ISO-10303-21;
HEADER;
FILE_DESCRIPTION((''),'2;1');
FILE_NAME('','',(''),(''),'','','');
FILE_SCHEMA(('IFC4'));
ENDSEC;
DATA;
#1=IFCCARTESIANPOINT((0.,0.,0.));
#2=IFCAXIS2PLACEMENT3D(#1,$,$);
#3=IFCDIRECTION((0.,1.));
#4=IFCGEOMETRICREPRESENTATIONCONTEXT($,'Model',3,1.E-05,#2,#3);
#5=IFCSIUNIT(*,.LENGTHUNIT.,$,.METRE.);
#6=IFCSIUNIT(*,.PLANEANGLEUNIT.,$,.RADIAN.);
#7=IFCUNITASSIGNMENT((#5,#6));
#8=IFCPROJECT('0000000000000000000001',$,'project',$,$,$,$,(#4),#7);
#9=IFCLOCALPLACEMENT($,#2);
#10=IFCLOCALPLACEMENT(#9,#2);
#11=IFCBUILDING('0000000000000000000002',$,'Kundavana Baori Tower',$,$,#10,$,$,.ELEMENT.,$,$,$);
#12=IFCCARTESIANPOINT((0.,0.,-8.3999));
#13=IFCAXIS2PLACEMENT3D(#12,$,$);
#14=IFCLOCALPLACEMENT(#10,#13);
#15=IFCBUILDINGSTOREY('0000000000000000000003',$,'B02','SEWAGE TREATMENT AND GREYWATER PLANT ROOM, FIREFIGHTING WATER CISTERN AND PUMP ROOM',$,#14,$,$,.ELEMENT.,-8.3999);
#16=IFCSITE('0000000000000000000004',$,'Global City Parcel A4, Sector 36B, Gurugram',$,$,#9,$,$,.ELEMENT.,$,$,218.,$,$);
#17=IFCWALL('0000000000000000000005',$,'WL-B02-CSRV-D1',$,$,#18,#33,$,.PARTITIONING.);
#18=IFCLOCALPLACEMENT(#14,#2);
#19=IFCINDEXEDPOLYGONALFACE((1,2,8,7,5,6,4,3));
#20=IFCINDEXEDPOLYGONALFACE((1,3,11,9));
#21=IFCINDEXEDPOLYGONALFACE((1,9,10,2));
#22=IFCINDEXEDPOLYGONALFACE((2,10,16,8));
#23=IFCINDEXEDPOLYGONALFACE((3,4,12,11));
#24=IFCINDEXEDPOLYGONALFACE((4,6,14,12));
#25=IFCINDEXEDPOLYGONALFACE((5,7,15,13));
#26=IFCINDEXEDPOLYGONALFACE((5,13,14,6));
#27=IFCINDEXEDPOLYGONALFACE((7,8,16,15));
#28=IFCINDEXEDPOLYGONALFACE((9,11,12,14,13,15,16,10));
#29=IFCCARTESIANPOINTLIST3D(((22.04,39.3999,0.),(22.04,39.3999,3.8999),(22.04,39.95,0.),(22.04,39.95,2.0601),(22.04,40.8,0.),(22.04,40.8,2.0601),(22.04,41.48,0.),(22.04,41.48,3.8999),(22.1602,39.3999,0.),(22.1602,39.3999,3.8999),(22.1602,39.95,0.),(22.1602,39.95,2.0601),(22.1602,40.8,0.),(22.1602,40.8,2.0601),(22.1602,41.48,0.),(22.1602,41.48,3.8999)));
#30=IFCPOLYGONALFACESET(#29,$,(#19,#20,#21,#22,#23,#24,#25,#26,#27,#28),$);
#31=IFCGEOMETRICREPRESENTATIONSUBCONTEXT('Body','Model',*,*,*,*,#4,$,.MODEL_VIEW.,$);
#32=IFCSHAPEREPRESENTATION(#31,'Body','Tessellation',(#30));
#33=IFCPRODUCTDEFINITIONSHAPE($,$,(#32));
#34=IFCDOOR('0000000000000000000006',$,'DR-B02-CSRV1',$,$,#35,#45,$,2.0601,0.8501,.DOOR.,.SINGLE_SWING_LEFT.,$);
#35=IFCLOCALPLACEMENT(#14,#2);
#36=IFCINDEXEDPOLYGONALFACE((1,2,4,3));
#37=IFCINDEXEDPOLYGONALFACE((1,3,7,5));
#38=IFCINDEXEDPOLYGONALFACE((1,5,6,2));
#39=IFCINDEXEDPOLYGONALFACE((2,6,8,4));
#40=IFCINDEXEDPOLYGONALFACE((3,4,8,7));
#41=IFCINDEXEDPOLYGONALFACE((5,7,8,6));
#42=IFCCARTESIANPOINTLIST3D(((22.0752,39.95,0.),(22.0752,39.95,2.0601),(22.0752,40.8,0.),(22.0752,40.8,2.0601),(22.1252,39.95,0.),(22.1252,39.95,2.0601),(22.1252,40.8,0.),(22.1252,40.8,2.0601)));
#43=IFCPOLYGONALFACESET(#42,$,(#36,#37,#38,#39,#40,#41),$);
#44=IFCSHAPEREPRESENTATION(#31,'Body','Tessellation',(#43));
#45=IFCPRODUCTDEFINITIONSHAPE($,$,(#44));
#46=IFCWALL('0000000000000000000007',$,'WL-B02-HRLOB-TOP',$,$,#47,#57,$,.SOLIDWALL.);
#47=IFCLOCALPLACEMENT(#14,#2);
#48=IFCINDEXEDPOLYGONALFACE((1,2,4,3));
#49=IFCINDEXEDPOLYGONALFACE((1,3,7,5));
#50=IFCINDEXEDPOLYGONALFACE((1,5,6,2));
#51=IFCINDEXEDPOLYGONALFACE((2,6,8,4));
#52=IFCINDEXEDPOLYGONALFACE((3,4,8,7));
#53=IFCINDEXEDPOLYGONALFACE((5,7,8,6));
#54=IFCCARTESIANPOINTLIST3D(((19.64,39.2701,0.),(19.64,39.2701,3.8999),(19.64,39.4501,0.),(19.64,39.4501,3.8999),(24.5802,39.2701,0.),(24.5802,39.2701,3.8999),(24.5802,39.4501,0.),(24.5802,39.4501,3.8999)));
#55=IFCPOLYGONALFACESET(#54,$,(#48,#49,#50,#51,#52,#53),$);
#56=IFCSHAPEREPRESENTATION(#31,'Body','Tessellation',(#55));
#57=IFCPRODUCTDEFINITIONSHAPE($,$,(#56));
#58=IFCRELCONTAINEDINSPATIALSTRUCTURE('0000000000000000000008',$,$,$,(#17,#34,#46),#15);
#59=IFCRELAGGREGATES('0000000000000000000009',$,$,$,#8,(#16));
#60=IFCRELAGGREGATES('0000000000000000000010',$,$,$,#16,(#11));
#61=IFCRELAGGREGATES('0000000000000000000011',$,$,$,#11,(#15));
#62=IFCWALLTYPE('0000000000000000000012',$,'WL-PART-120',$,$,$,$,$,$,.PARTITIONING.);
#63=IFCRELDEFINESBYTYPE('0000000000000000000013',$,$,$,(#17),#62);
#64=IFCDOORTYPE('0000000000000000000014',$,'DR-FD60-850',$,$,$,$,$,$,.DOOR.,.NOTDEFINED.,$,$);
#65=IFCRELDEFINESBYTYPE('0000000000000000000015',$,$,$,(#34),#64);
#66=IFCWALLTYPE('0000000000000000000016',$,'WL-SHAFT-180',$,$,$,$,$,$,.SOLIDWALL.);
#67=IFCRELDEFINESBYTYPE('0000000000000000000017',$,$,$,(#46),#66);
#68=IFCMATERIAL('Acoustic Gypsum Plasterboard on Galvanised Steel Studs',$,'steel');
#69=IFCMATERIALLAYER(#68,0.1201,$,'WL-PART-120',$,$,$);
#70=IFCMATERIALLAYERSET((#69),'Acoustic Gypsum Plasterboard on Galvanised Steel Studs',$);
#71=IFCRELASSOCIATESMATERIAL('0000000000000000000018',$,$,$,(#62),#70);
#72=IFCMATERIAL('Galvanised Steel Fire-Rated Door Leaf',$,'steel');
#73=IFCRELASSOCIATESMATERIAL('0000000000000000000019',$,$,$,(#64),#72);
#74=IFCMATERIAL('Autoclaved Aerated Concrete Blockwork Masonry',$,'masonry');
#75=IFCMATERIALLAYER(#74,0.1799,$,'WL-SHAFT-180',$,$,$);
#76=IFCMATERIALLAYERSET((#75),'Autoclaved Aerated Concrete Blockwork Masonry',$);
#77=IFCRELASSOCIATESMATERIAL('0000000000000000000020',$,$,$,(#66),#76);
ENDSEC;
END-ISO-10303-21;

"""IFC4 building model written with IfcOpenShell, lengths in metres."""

from ifc_helpers import new_model, si_unit, direction, frame, frame_2d, origin, place, context, subcontext, project, spatial, rectangle, extrude, material, layer, layer_set, type_object, element, fill, save


model = new_model("IFC4")

# Units and contexts
model_context = context("Model", 3, precision=1e-05, world=origin(), true_north=direction((0.0, 1.0)))
body_context = subcontext(model_context, "Body", "Model", "MODEL_VIEW")
ifc_project = project(units=[si_unit("LENGTHUNIT", "METRE"), si_unit("PLANEANGLEUNIT", "RADIAN")], contexts=[model_context])

# Site, building, storey
site_placement = place(None, origin())
site = spatial("IfcSite", under=ifc_project, at=site_placement, Name="Global City Parcel A4, Sector 36B, Gurugram", CompositionType="ELEMENT", RefElevation=218.0)
building_placement = place(site_placement, origin())
building = spatial("IfcBuilding", under=site, at=building_placement, Name="Kundavana Baori Tower", CompositionType="ELEMENT")
storey_placement = place(building_placement, frame((0.0, 0.0, -8.3999)))
storey = spatial("IfcBuildingStorey", under=building, at=storey_placement, Name="B02", Description="SEWAGE TREATMENT AND GREYWATER PLANT ROOM, FIREFIGHTING WATER CISTERN AND PUMP ROOM", CompositionType="ELEMENT", Elevation=-8.3999)

# Wall, opening, door
ifc_material_1 = material(Name="Acoustic Gypsum Plasterboard on Galvanised Steel Studs", Category="steel")
ifc_layer_1 = layer(ifc_material_1, 0.1201, Name="WL-PART-120")
ifc_layer_set_1 = layer_set([ifc_layer_1], Name="Acoustic Gypsum Plasterboard on Galvanised Steel Studs")
wall_type_1 = type_object("IfcWallType", Name="WL-PART-120", PredefinedType="PARTITIONING", material=ifc_layer_set_1)
wall_1_placement = place(storey_placement, frame((22.1001, 39.3999, 0.0), z_axis=(0.0, 0.0, 1.0), x_axis=(0.0, 1.0, 0.0)))
wall_1 = element("IfcWall", 1, at=wall_1_placement, inside=storey, type_object=wall_type_1, Name="WL-B02-CSRV-D1", PredefinedType="PARTITIONING", context=body_context, shape_type="SweptSolid", body=[
    extrude(rectangle(XDim=2.0801, YDim=0.1201, at=frame_2d((1.04, 0.0))), origin(), (0.0, 0.0, 1.0), 3.8999),
])
opening_placement = place(wall_1_placement, frame((0.55, 0.0, 0.0)))
opening = element("IfcOpeningElement", 2, at=opening_placement, cuts=wall_1, PredefinedType="OPENING", context=body_context, shape_type="SweptSolid", body=[
    extrude(rectangle(XDim=0.8501, YDim=2.0601, at=frame_2d((0.425, 1.03))), frame((0.0, 0.0701, 0.0), z_axis=(0.0, -1.0, 0.0), x_axis=(1.0, 0.0, 0.0)), (0.0, 0.0, 1.0), 0.1401),
])
ifc_material_2 = material(Name="Galvanised Steel Fire-Rated Door Leaf", Category="steel")
door_type = type_object("IfcDoorType", Name="DR-FD60-850", OperationType="NOTDEFINED", PredefinedType="DOOR", material=ifc_material_2)
door_placement = place(opening_placement, origin())
door = element("IfcDoor", 3, at=door_placement, inside=storey, type_object=door_type, Name="DR-B02-CSRV1", OperationType="SINGLE_SWING_LEFT", OverallHeight=2.0601, OverallWidth=0.8501, PredefinedType="DOOR", context=body_context, shape_type="SweptSolid", body=[
    extrude(rectangle(XDim=0.8501, YDim=2.0601, at=frame_2d((0.425, 1.03))), frame((0.0, 0.0249, 0.0), z_axis=(0.0, -1.0, 0.0), x_axis=(1.0, 0.0, 0.0)), (0.0, 0.0, 1.0), 0.05),
])
fill(opening, door)

# Wall
ifc_material_3 = material(Name="Autoclaved Aerated Concrete Blockwork Masonry", Category="masonry")
ifc_layer_2 = layer(ifc_material_3, 0.1799, Name="WL-SHAFT-180")
ifc_layer_set_2 = layer_set([ifc_layer_2], Name="Autoclaved Aerated Concrete Blockwork Masonry")
wall_type_2 = type_object("IfcWallType", Name="WL-SHAFT-180", PredefinedType="SOLIDWALL", material=ifc_layer_set_2)
wall_2_placement = place(storey_placement, frame((19.6399, 39.3601, 0.0), z_axis=(0.0, 0.0, 1.0), x_axis=(1.0, 0.0, 0.0)))
element("IfcWall", 4, at=wall_2_placement, inside=storey, type_object=wall_type_2, Name="WL-B02-HRLOB-TOP", PredefinedType="SOLIDWALL", context=body_context, shape_type="SweptSolid", body=[
    extrude(rectangle(XDim=4.9402, YDim=0.1799, at=frame_2d((2.4702, 0.0))), origin(), (0.0, 0.0, 1.0), 3.8999),
])

save(model, "model.ifc")
